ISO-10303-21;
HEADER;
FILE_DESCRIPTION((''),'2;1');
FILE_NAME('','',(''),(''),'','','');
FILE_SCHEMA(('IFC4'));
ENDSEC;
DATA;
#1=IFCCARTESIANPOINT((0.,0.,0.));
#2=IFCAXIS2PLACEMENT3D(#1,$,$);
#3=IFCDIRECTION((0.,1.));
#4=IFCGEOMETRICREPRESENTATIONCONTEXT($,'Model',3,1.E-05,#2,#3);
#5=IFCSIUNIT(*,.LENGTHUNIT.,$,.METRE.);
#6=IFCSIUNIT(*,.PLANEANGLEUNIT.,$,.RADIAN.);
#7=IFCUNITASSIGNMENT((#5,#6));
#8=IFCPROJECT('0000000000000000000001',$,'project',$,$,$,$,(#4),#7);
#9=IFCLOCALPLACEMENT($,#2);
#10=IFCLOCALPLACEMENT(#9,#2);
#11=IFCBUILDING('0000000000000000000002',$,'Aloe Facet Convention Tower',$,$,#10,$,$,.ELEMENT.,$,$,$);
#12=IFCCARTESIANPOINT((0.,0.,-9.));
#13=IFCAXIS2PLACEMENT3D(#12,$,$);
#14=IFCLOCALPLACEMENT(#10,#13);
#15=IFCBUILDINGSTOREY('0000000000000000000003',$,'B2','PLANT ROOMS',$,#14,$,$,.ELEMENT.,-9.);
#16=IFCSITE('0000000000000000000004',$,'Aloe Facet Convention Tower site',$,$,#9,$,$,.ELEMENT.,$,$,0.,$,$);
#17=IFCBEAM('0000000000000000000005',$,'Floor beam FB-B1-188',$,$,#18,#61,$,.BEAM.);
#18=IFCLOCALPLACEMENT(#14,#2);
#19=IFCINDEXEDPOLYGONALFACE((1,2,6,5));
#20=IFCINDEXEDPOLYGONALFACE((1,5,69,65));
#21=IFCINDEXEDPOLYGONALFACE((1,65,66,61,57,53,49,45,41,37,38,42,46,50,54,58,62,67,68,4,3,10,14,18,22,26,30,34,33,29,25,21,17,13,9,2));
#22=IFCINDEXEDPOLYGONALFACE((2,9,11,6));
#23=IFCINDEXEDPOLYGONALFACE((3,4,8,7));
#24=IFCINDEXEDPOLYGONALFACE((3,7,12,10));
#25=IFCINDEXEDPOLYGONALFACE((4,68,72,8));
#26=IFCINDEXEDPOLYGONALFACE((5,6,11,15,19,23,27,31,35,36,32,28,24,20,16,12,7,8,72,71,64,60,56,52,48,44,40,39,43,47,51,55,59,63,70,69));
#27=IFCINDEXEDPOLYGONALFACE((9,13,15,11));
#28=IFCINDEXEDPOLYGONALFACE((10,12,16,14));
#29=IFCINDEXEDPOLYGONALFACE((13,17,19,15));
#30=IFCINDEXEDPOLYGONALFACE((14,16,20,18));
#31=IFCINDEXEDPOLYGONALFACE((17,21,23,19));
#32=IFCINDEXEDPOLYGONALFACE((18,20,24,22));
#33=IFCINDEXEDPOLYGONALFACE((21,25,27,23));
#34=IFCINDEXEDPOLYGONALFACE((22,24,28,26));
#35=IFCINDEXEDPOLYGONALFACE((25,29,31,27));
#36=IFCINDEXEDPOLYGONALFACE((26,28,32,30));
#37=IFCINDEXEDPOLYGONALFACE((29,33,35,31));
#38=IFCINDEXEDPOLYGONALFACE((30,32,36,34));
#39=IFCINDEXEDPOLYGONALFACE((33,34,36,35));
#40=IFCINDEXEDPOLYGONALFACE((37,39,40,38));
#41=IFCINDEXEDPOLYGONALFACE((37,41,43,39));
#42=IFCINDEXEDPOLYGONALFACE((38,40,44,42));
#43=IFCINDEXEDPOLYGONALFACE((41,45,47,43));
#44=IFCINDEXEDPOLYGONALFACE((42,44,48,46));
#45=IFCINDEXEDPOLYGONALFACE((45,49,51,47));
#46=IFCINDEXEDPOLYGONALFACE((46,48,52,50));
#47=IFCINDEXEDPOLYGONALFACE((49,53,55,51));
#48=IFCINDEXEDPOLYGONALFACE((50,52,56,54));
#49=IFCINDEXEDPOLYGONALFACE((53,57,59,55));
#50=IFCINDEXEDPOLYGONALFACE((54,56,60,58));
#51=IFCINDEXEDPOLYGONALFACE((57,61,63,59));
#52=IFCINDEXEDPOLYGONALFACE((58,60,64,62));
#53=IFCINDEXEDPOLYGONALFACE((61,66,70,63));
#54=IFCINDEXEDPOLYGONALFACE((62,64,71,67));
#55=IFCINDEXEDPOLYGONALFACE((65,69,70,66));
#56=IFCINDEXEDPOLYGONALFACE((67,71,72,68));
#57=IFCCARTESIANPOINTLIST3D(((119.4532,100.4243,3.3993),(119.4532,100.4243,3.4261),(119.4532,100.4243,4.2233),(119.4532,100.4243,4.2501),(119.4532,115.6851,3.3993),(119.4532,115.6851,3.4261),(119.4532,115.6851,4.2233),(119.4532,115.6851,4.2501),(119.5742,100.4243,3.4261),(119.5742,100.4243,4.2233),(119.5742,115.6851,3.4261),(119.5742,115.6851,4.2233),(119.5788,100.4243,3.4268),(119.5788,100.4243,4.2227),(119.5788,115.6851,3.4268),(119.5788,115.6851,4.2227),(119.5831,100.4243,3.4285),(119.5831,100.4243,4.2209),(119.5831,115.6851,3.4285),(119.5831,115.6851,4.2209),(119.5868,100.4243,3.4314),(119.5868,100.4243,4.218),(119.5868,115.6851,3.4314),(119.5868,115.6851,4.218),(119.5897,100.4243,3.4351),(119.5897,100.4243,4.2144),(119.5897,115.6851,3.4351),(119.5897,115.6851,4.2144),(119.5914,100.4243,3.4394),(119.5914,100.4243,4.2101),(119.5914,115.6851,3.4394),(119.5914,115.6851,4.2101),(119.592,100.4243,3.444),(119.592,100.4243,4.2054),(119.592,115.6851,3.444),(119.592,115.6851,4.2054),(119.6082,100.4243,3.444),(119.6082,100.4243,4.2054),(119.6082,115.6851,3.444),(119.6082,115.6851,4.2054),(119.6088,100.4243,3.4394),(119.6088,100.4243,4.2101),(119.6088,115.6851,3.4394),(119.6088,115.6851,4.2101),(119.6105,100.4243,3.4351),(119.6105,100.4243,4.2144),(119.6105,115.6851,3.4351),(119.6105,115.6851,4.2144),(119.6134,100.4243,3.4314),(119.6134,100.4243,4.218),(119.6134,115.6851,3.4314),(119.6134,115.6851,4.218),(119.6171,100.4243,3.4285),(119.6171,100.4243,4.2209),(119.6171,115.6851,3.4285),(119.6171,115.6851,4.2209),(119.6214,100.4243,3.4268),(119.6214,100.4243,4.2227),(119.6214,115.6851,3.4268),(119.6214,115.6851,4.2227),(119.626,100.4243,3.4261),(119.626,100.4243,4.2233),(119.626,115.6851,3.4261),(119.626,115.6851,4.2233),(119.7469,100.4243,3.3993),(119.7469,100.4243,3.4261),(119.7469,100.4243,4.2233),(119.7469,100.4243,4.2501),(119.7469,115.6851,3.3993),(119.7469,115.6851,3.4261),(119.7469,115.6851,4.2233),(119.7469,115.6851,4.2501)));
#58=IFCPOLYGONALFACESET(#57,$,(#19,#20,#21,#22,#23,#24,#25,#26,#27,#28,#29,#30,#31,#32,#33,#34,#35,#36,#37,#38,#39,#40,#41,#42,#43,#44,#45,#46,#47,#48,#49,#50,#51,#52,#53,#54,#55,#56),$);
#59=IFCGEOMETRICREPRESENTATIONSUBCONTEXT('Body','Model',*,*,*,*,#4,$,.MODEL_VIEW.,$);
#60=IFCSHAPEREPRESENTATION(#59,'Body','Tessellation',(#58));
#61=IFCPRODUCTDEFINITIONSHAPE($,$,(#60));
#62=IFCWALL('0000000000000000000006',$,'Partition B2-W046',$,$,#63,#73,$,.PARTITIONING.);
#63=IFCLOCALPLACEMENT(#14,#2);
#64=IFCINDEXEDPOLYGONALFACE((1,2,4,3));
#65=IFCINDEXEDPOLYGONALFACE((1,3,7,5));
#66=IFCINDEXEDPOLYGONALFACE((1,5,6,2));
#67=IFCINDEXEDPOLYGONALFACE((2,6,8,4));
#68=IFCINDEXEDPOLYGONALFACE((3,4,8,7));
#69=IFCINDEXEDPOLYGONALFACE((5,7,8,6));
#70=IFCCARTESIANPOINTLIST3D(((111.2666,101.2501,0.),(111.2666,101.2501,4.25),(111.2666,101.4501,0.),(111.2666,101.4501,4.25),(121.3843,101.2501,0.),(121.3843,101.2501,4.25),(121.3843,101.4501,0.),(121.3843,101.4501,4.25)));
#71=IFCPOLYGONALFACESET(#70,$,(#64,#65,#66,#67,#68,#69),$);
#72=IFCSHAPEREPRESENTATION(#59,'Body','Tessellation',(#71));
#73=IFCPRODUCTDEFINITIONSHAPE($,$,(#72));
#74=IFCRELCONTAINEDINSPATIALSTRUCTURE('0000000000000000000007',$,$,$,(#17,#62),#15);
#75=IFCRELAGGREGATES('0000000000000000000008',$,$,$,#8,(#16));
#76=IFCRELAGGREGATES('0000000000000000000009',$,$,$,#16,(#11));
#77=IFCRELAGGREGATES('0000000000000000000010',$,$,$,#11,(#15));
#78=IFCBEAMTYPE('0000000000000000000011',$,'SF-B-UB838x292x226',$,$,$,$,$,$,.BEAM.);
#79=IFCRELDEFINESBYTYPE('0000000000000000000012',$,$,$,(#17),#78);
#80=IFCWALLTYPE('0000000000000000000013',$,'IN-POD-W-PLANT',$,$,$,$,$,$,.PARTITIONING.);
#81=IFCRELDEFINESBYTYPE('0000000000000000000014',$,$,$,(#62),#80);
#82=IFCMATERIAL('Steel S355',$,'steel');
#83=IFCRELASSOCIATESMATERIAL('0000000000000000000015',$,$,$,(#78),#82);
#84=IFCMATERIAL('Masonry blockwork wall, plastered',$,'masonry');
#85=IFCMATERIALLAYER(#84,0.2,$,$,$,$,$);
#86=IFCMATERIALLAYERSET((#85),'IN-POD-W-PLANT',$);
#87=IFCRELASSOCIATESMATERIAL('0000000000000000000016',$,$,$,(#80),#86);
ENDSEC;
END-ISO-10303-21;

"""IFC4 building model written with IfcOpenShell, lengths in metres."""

from ifc_helpers import new_model, si_unit, direction, frame, frame_2d, origin, origin_2d, place, context, subcontext, project, spatial, rectangle, i_section, extrude, material, layer, layer_set, material_profile, profile_set, type_object, element, save


model = new_model("IFC4")

# Units and contexts
model_context = context("Model", 3, precision=1e-05, world=origin(), true_north=direction((0.0, 1.0)))
body_context = subcontext(model_context, "Body", "Model", "MODEL_VIEW")
ifc_project = project(units=[si_unit("LENGTHUNIT", "METRE"), si_unit("PLANEANGLEUNIT", "RADIAN")], contexts=[model_context])

# Site, building, storey
site_placement = place(None, origin())
site = spatial("IfcSite", under=ifc_project, at=site_placement, Name="Aloe Facet Convention Tower site", CompositionType="ELEMENT", RefElevation=0.0)
building_placement = place(site_placement, origin())
building = spatial("IfcBuilding", under=site, at=building_placement, Name="Aloe Facet Convention Tower", CompositionType="ELEMENT")
storey_placement = place(building_placement, frame((0.0, 0.0, -9.0)))
storey = spatial("IfcBuildingStorey", under=building, at=storey_placement, Name="B2", Description="PLANT ROOMS", CompositionType="ELEMENT", Elevation=-9.0)

# Beam
ifc_material_1 = material(Name="Steel S355", Category="steel")
ifc_material_profile_1 = material_profile(ifc_material_1, i_section(OverallWidth=0.2937, OverallDepth=0.8508, WebThickness=0.0161, FlangeThickness=0.0269, FilletRadius=0.0178, at=origin_2d()), Name="UB 838x292x226")
ifc_profile_set_1 = profile_set([ifc_material_profile_1], Name="Steel S355")
beam_type_1 = type_object("IfcBeamType", Name="SF-B-UB838x292x226", PredefinedType="BEAM", material=ifc_profile_set_1)
beam_1_placement = place(storey_placement, frame((119.6001, 100.4243, 3.8247), z_axis=(0.0, 1.0, 0.0), x_axis=(-1.0, 0.0, 0.0)))
element("IfcBeam", 1, at=beam_1_placement, inside=storey, type_object=beam_type_1, Name="Floor beam FB-B1-188", PredefinedType="BEAM", context=body_context, shape_type="SweptSolid", body=[
    extrude(i_section(OverallWidth=0.2937, OverallDepth=0.8508, WebThickness=0.0161, FlangeThickness=0.0269, FilletRadius=0.0178, at=origin_2d()), origin(), (0.0, 0.0, 1.0), 15.2607),
])

# Wall
ifc_material_2 = material(Name="Masonry blockwork wall, plastered", Category="masonry")
ifc_layer = layer(ifc_material_2, 0.2)
ifc_layer_set = layer_set([ifc_layer], Name="IN-POD-W-PLANT")
wall_type = type_object("IfcWallType", Name="IN-POD-W-PLANT", PredefinedType="PARTITIONING", material=ifc_layer_set)
wall_placement = place(storey_placement, frame((111.2666, 101.3501, 0.0), z_axis=(0.0, 0.0, 1.0), x_axis=(1.0, 0.0, 0.0)))
element("IfcWall", 2, at=wall_placement, inside=storey, type_object=wall_type, Name="Partition B2-W046", PredefinedType="PARTITIONING", context=body_context, shape_type="SweptSolid", body=[
    extrude(rectangle(XDim=10.1177, YDim=0.2, at=frame_2d((5.0588, 0.0))), origin(), (0.0, 0.0, 1.0), 4.25),
])

save(model, "model.ifc")
